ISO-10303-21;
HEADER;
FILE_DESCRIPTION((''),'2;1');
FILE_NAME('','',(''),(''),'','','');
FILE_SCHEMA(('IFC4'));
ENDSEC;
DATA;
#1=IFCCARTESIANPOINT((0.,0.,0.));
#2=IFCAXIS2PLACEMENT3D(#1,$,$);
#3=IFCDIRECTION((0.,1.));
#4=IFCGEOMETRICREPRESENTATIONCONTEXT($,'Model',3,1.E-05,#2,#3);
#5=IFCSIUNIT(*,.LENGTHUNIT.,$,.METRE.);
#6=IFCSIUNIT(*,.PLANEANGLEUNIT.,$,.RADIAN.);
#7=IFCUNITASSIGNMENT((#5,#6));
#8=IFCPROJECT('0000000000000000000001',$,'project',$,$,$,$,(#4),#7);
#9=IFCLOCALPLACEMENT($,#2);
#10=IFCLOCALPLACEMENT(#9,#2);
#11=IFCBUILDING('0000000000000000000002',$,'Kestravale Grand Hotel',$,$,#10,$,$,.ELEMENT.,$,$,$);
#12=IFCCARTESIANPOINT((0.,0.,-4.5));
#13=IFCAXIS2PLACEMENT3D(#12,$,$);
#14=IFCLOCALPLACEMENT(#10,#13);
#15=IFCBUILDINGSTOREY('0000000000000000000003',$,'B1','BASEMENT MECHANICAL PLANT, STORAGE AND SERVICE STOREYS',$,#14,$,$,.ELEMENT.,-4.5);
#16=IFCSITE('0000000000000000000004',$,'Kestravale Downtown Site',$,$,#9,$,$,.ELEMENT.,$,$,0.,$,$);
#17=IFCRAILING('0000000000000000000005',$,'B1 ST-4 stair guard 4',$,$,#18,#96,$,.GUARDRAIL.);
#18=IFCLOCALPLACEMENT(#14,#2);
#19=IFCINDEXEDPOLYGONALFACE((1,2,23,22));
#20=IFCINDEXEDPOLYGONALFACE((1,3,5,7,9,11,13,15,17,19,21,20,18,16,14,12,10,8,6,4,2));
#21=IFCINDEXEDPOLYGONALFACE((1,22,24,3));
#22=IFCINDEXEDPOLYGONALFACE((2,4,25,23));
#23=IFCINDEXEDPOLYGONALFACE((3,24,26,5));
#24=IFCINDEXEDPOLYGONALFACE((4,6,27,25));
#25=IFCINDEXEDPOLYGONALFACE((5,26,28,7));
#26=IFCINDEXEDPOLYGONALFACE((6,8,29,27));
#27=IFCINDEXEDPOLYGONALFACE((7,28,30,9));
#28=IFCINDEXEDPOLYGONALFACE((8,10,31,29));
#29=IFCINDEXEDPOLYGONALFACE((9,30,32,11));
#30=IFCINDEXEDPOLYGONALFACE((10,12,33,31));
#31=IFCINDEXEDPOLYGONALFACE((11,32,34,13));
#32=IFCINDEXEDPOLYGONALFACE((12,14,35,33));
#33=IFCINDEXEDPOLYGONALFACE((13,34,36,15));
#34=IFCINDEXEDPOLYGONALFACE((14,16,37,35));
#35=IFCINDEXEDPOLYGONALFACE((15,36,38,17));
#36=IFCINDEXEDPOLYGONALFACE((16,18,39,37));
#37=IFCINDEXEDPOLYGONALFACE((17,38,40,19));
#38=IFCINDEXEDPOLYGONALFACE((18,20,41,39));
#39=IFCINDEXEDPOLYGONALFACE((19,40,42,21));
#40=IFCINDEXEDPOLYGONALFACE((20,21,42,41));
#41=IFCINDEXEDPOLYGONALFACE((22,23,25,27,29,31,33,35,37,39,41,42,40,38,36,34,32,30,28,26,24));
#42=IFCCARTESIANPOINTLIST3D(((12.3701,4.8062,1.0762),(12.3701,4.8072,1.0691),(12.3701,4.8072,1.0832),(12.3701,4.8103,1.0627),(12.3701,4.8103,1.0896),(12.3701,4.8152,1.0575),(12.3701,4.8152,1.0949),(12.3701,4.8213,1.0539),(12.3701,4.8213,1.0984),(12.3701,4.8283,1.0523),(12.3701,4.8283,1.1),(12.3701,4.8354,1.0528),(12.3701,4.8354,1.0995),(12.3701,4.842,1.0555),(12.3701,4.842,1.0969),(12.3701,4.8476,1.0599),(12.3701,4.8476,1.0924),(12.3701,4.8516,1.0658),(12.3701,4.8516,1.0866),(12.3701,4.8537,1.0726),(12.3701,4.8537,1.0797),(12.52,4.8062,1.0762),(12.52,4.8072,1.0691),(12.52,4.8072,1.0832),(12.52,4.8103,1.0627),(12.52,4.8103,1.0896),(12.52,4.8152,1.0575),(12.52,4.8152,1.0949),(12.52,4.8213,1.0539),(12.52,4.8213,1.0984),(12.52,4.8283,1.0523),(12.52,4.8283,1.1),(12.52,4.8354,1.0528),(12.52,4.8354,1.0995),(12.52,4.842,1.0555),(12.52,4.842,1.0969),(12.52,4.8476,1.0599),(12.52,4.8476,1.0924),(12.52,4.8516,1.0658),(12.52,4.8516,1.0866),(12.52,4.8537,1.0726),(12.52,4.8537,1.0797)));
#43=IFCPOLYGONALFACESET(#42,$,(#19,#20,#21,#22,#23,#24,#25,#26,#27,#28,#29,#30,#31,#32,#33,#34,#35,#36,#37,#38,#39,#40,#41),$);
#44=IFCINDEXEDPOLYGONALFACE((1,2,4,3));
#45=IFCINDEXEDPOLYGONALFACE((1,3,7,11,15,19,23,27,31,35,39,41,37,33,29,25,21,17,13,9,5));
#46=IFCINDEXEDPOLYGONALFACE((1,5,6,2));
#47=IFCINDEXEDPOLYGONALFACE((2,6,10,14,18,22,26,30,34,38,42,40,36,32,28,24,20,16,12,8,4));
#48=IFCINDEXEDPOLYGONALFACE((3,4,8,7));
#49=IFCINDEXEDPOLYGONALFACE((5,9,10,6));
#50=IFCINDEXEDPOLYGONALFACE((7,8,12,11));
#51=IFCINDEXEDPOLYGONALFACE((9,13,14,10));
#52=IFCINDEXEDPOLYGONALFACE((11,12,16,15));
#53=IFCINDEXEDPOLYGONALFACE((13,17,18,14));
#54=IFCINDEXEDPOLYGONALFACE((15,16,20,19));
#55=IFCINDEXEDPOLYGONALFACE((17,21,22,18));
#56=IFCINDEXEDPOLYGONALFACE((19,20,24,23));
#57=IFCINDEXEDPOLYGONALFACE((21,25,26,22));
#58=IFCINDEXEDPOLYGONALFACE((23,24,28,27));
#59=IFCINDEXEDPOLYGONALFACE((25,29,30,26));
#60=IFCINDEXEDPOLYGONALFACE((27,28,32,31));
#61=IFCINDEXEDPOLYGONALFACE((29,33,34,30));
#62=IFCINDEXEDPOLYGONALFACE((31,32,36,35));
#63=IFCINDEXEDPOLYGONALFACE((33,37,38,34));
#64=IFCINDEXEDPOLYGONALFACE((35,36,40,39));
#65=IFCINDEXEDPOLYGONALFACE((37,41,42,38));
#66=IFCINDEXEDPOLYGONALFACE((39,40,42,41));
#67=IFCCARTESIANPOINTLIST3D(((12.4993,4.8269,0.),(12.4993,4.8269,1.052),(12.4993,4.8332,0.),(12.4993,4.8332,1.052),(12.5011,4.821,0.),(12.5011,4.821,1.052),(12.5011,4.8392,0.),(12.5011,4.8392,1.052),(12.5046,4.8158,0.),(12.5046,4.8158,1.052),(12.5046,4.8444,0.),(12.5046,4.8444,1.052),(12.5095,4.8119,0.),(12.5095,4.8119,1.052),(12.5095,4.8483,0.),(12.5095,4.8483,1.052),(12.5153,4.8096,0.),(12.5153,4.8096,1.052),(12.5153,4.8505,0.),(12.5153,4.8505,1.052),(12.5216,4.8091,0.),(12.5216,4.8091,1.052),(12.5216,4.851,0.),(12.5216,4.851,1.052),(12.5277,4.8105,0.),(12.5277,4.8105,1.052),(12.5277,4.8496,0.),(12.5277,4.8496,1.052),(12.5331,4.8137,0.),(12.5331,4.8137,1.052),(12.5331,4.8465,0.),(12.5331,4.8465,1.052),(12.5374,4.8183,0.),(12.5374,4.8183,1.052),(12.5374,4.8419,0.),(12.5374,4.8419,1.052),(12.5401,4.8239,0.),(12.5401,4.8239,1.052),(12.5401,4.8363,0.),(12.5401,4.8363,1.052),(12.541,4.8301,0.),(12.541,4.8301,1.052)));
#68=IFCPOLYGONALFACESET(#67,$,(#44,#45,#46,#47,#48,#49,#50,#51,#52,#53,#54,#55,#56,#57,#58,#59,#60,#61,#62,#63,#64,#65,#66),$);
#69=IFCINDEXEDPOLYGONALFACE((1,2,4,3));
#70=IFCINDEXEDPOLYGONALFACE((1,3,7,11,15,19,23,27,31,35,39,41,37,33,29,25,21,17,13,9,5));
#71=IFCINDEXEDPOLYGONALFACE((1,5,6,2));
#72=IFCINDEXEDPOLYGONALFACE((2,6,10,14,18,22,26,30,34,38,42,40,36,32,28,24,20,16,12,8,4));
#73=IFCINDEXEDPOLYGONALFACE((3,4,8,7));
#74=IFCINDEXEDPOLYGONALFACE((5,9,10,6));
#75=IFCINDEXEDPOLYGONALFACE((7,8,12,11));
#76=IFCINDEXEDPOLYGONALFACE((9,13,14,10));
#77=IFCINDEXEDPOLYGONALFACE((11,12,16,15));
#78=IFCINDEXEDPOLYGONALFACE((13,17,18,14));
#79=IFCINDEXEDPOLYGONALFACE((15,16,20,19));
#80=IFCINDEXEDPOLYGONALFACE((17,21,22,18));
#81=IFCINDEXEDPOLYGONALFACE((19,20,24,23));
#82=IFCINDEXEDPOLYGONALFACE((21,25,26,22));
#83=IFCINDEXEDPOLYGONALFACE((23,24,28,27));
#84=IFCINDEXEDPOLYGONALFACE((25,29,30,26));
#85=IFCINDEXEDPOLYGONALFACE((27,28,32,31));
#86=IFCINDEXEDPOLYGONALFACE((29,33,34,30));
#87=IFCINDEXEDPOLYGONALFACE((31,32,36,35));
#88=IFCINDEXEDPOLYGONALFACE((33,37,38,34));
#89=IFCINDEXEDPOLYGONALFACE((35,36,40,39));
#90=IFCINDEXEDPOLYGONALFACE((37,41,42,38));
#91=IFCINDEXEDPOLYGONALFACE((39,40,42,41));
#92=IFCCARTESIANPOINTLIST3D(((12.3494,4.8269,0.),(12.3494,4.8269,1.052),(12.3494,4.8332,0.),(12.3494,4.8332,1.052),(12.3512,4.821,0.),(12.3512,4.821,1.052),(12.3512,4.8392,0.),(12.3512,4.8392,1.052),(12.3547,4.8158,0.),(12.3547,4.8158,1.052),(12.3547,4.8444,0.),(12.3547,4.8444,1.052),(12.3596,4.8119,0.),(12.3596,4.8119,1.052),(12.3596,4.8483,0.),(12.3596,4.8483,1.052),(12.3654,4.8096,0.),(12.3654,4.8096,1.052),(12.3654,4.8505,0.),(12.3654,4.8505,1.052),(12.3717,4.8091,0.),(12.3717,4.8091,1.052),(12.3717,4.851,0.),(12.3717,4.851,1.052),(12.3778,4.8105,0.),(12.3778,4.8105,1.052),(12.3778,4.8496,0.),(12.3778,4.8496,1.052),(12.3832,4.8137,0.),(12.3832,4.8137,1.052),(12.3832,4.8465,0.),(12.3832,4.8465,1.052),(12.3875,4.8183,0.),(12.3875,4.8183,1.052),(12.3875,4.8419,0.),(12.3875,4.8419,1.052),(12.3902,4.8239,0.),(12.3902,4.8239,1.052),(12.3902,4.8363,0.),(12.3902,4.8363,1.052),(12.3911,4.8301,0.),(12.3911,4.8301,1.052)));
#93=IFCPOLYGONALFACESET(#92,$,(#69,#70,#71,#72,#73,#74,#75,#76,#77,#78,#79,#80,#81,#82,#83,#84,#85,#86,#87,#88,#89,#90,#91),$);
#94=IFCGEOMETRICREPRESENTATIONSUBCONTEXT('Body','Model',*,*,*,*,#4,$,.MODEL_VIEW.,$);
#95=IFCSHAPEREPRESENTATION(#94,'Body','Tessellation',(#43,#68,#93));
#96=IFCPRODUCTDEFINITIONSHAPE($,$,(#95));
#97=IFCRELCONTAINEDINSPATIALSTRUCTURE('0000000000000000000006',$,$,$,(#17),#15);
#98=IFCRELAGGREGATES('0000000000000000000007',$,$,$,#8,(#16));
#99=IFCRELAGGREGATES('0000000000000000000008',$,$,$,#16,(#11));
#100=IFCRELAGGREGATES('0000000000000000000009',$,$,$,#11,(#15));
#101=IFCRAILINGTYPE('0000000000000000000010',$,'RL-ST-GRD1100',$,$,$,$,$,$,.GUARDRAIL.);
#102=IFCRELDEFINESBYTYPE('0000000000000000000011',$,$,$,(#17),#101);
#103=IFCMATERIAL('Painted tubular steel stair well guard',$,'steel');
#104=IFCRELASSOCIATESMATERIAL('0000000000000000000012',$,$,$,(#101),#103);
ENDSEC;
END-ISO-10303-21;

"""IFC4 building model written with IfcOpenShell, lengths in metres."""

from ifc_helpers import new_model, si_unit, direction, frame, origin, origin_2d, place, context, subcontext, project, spatial, circle, extrude, material, type_object, element, save


model = new_model("IFC4")

# Units and contexts
model_context = context("Model", 3, precision=1e-05, world=origin(), true_north=direction((0.0, 1.0)))
body_context = subcontext(model_context, "Body", "Model", "MODEL_VIEW")
ifc_project = project(units=[si_unit("LENGTHUNIT", "METRE"), si_unit("PLANEANGLEUNIT", "RADIAN")], contexts=[model_context])

# Site, building, storey
site_placement = place(None, origin())
site = spatial("IfcSite", under=ifc_project, at=site_placement, Name="Kestravale Downtown Site", CompositionType="ELEMENT", RefElevation=0.0)
building_placement = place(site_placement, origin())
building = spatial("IfcBuilding", under=site, at=building_placement, Name="Kestravale Grand Hotel", CompositionType="ELEMENT")
storey_placement = place(building_placement, frame((0.0, 0.0, -4.5)))
storey = spatial("IfcBuildingStorey", under=building, at=storey_placement, Name="B1", Description="BASEMENT MECHANICAL PLANT, STORAGE AND SERVICE STOREYS", CompositionType="ELEMENT", Elevation=-4.5)

# Railing
ifc_material_1 = material(Name="Painted tubular steel stair well guard", Category="steel")
railing_type = type_object("IfcRailingType", Name="RL-ST-GRD1100", PredefinedType="GUARDRAIL", material=ifc_material_1)
railing_placement = place(storey_placement, frame((12.52, 4.8301, 0.0)))
element("IfcRailing", 1, at=railing_placement, inside=storey, type_object=railing_type, Name="B1 ST-4 stair guard 4", PredefinedType="GUARDRAIL", context=body_context, shape_type="SweptSolid", body=[
    extrude(circle(Radius=0.0239, at=origin_2d()), frame((0.0, 0.0, 1.0762), z_axis=(-1.0, 0.0, 0.0), x_axis=(0.0, -1.0, 0.0)), (0.0, 0.0, 1.0), 0.1499),
    extrude(circle(Radius=0.021, at=origin_2d()), origin(), (0.0, 0.0, 1.0), 1.052),
    extrude(circle(Radius=0.021, at=origin_2d()), frame((-0.1499, 0.0, 0.0)), (0.0, 0.0, 1.0), 1.052),
])

save(model, "model.ifc")
